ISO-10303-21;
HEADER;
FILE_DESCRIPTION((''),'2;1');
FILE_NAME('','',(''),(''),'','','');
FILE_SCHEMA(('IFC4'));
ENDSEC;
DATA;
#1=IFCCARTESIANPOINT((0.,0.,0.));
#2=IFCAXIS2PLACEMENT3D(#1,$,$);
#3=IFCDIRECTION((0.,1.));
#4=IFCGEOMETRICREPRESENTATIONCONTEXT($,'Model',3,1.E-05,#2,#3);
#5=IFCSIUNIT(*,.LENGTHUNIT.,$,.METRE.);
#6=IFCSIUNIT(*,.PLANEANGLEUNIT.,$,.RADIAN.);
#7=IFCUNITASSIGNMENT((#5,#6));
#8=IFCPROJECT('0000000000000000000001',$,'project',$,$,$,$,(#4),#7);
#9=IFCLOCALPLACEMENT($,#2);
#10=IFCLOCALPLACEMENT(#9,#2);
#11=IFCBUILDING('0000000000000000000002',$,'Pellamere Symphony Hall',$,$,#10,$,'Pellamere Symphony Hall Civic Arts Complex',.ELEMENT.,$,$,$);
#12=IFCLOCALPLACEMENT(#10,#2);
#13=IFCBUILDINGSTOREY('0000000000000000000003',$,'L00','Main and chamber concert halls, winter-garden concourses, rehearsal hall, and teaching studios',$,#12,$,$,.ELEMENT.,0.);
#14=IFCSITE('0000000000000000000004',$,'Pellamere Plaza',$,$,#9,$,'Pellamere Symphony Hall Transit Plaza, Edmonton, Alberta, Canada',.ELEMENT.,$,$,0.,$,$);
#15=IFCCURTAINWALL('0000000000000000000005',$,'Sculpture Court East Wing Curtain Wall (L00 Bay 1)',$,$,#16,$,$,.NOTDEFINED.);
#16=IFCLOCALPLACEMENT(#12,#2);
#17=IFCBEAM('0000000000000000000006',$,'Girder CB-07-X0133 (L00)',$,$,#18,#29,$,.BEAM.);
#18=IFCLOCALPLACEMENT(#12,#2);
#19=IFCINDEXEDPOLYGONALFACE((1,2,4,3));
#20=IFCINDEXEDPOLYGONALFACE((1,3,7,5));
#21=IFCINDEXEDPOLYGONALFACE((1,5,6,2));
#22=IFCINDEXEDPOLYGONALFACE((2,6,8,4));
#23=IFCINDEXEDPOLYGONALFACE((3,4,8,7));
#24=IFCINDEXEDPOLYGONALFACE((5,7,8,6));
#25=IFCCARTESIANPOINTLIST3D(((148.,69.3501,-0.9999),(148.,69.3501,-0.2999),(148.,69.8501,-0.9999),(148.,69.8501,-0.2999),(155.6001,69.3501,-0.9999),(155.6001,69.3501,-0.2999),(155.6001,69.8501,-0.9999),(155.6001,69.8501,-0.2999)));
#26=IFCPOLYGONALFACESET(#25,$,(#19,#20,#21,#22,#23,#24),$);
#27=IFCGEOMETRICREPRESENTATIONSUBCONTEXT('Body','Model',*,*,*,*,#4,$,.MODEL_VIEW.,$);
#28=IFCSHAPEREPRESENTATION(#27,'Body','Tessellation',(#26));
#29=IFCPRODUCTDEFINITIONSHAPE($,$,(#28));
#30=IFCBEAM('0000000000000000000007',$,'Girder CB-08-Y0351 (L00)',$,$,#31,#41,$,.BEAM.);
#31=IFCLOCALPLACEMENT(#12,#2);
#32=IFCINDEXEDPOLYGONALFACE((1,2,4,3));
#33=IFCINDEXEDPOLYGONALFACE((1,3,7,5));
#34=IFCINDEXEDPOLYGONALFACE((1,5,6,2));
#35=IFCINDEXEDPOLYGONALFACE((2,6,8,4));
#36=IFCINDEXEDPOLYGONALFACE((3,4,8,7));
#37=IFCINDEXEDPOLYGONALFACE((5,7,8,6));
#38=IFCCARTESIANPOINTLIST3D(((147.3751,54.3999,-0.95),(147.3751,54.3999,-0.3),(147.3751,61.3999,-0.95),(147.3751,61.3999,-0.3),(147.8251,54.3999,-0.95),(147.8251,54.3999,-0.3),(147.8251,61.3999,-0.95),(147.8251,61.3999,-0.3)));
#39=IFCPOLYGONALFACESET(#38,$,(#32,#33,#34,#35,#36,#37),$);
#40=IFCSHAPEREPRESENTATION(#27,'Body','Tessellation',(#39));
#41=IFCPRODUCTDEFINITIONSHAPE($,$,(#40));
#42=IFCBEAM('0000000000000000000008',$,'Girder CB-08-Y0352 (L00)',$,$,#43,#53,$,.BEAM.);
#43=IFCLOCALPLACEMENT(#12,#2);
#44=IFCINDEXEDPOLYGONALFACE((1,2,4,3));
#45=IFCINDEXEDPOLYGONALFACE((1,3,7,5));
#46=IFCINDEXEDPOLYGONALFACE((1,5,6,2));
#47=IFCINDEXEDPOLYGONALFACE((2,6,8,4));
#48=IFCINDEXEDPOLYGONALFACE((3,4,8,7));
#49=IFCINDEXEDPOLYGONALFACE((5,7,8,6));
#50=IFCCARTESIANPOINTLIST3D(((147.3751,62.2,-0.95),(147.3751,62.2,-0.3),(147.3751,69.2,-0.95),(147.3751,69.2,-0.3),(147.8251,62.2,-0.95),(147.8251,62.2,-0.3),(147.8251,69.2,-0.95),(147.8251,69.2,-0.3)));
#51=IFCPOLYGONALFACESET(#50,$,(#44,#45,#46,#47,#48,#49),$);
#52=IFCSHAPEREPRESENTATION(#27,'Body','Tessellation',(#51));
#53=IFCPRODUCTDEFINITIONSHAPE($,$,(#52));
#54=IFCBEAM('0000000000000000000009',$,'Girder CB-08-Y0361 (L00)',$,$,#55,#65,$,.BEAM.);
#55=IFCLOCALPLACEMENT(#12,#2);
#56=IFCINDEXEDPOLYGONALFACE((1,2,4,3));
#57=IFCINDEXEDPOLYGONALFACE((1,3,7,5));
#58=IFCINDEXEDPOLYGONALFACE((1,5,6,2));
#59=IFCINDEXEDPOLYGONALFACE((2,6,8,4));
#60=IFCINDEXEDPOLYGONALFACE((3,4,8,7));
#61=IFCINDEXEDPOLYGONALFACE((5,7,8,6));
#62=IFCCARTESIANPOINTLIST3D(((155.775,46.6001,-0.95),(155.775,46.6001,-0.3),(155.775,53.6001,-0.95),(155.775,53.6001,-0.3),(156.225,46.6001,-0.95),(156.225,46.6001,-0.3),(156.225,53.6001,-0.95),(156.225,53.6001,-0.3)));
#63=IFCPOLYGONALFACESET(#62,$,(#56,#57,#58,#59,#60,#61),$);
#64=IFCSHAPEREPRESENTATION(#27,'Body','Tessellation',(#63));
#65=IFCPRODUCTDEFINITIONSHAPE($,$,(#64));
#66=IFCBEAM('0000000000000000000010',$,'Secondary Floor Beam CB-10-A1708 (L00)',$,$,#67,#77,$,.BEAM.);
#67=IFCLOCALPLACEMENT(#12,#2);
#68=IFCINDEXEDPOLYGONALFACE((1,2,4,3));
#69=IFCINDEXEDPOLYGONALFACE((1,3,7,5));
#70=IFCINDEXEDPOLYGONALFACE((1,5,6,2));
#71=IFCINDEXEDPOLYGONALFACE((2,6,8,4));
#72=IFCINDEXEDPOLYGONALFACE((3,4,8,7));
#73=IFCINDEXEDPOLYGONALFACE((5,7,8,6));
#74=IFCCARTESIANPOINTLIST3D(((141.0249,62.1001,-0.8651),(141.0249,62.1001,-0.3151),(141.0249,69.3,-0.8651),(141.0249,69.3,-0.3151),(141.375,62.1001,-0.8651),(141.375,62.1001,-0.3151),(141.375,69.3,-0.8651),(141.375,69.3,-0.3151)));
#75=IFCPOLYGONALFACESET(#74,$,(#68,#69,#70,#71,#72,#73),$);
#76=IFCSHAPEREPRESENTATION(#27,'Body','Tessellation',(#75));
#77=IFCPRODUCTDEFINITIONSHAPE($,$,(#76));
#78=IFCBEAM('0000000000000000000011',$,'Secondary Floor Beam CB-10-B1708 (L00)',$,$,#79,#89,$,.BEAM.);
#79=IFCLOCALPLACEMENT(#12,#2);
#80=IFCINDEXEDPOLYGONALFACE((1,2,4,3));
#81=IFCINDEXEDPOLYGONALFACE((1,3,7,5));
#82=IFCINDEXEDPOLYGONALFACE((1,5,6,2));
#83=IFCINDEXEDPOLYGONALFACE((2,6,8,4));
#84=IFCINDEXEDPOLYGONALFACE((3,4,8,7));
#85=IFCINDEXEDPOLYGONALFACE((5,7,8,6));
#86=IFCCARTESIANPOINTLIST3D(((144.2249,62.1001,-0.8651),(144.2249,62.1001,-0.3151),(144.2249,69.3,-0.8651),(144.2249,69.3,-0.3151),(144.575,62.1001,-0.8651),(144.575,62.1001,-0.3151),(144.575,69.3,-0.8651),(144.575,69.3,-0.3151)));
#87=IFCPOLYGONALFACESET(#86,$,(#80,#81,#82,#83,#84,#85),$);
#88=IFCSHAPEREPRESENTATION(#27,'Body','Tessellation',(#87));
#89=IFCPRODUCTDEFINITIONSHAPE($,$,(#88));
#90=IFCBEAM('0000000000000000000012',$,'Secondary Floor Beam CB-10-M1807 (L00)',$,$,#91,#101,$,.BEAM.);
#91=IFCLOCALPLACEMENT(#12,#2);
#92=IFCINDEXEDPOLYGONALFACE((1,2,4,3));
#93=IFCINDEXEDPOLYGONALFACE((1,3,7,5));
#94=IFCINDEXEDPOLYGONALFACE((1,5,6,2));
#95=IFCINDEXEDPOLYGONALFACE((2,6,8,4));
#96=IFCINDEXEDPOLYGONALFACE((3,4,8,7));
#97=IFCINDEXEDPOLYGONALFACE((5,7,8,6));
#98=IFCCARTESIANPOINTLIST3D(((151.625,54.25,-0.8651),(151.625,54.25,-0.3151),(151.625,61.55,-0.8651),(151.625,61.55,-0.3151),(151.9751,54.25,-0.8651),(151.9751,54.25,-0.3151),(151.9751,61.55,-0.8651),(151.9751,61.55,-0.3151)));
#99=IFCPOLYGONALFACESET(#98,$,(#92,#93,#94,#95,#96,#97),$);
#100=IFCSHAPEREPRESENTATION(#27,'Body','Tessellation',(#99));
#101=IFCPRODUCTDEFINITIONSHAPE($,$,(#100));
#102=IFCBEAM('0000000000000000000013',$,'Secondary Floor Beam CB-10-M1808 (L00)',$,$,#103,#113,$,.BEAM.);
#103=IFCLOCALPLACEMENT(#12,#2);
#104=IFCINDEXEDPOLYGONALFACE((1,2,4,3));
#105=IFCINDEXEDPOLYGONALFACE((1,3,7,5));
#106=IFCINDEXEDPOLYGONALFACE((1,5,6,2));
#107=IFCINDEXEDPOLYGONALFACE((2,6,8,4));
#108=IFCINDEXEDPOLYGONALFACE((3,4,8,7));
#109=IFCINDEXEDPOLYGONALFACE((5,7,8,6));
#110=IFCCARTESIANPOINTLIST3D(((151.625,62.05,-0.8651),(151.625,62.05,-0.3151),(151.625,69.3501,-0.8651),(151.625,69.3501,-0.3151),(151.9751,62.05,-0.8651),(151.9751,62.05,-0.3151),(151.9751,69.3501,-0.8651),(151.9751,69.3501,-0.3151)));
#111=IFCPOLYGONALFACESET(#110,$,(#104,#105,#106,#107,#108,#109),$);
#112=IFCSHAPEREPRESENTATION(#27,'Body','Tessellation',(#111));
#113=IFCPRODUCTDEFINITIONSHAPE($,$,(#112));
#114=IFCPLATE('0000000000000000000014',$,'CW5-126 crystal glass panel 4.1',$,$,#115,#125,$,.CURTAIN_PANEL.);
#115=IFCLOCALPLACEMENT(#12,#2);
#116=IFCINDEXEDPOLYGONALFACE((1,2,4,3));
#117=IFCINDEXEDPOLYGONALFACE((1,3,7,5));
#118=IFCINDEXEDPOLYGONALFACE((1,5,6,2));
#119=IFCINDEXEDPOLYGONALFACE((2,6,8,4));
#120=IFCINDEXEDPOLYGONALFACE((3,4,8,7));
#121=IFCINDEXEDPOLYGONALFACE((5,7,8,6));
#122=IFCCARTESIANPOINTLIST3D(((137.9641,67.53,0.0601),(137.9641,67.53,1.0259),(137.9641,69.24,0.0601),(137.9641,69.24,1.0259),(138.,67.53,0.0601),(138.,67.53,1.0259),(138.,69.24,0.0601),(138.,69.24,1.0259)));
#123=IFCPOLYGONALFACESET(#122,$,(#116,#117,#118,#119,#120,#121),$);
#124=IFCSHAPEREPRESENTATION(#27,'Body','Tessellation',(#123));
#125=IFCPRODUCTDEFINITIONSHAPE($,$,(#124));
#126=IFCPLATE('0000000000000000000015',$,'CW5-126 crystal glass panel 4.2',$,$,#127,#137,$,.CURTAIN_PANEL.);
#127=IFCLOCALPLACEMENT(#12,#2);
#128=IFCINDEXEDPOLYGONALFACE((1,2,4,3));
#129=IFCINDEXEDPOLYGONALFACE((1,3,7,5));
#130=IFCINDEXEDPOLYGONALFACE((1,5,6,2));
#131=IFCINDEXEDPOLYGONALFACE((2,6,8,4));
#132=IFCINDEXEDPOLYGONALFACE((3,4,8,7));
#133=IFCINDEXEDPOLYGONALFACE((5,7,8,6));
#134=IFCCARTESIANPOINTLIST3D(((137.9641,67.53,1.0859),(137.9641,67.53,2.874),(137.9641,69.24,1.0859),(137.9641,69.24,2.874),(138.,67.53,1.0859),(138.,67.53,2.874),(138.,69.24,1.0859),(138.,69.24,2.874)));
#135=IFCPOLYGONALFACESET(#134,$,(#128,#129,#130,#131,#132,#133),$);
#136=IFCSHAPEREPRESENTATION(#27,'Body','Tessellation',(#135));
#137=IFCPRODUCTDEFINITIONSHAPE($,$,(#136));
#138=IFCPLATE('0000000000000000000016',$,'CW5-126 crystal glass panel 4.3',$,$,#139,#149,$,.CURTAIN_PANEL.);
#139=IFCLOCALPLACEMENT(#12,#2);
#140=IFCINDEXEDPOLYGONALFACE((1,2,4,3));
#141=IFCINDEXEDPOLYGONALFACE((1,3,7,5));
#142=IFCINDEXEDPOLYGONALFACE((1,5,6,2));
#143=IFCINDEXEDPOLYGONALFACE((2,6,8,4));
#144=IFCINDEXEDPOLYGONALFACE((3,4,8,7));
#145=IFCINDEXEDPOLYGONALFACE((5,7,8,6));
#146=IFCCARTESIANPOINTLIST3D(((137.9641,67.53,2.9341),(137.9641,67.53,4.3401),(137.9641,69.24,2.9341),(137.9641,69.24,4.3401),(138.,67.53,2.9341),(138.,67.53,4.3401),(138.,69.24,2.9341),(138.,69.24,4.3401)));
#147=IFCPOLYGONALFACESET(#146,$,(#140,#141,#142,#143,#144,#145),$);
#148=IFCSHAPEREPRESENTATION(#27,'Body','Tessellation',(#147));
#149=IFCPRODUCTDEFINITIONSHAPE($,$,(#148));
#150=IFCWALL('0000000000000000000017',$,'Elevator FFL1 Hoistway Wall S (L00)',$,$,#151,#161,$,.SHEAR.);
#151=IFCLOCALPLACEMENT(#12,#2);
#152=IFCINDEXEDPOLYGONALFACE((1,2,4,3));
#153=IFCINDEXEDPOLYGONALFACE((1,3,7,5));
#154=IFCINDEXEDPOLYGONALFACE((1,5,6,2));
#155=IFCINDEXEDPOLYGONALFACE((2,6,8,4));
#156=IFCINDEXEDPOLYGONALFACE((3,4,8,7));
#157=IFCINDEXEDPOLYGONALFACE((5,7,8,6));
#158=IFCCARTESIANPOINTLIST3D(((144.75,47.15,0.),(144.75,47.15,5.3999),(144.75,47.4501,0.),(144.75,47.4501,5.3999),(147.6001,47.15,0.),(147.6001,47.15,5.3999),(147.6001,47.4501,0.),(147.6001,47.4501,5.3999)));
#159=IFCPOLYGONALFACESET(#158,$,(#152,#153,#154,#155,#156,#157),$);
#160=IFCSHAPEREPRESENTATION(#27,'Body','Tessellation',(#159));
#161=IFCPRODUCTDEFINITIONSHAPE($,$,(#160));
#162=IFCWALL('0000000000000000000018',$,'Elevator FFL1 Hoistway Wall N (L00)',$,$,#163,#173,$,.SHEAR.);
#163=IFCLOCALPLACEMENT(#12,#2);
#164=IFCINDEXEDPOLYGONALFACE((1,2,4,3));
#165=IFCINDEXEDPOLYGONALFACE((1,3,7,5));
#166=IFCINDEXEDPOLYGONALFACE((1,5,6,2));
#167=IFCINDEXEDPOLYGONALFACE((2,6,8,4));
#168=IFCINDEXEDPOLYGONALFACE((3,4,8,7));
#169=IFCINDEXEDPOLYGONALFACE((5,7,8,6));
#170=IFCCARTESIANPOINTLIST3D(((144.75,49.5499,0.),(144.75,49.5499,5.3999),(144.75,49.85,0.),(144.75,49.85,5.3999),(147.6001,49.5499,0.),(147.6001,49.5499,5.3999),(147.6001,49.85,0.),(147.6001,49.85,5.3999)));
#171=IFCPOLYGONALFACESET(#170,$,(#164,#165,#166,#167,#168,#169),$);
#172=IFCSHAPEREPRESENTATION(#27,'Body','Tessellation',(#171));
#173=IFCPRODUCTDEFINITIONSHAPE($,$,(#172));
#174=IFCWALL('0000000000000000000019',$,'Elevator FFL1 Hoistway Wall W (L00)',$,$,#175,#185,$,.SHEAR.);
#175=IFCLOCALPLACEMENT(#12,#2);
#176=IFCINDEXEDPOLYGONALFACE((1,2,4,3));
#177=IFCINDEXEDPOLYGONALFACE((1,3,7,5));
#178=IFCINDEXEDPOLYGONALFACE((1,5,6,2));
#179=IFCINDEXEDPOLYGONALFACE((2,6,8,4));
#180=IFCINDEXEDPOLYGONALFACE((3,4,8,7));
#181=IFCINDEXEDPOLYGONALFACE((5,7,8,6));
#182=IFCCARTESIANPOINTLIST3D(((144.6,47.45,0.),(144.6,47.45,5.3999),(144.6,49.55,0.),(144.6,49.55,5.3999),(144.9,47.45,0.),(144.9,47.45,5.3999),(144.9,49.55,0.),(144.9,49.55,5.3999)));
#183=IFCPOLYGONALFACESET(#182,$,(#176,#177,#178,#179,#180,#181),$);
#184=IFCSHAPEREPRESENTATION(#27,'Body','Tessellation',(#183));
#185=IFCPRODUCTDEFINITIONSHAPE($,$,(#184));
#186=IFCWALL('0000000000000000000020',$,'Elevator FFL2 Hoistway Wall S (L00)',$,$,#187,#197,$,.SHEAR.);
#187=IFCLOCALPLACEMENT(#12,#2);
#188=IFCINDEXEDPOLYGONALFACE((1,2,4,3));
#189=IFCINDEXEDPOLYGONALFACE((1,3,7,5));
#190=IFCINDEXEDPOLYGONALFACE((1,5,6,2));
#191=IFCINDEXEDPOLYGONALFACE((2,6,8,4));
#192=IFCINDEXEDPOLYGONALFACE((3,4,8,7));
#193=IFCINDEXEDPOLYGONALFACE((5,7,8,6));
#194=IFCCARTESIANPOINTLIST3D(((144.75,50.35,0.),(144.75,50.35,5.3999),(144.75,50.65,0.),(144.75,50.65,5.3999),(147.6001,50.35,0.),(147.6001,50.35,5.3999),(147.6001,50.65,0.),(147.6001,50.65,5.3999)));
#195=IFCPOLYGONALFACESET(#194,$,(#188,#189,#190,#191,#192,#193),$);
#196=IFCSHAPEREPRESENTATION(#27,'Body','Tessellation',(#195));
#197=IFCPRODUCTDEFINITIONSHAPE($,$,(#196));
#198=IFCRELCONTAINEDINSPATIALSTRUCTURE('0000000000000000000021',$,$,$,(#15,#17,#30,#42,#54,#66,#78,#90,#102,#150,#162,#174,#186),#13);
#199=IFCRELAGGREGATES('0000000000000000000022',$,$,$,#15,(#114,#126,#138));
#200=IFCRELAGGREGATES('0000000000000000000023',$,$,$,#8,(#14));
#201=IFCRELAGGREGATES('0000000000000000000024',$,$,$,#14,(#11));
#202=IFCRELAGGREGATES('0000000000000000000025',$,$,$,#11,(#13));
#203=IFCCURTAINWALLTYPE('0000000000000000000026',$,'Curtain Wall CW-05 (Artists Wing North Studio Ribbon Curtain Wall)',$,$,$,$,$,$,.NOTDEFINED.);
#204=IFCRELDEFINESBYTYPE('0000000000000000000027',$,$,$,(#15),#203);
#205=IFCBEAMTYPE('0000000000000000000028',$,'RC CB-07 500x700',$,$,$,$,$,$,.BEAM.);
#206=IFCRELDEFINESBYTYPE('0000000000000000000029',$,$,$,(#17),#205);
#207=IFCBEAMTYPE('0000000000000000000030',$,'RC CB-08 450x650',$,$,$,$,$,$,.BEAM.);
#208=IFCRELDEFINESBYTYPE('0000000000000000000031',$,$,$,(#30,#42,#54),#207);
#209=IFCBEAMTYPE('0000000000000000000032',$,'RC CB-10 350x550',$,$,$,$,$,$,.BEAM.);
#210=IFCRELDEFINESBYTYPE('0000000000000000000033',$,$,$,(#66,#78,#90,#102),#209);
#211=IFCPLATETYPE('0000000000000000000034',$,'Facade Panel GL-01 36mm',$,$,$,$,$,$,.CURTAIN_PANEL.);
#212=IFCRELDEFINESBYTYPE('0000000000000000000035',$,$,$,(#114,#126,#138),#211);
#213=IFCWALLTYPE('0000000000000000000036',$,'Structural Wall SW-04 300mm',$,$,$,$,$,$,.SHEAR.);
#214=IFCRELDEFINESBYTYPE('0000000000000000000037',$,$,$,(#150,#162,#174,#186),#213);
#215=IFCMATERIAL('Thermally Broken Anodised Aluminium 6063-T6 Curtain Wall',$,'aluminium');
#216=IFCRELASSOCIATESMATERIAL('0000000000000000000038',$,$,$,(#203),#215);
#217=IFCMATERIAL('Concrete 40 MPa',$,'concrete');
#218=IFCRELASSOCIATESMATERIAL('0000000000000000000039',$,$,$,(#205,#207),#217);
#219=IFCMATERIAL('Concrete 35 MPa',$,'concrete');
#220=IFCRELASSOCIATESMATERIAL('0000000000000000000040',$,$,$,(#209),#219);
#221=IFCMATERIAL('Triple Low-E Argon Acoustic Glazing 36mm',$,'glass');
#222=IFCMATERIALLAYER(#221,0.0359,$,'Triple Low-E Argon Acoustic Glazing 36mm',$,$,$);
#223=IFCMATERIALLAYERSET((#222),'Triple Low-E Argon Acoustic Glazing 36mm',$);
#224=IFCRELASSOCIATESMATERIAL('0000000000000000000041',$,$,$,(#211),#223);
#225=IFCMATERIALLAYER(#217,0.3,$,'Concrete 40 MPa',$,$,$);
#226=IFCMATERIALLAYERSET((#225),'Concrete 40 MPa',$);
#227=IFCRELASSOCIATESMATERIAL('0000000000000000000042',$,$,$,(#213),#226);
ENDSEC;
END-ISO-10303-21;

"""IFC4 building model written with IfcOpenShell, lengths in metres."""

from ifc_helpers import new_model, si_unit, direction, frame, frame_2d, origin, origin_2d, place, context, subcontext, project, spatial, polyline, rectangle, outline, extrude, material, layer, layer_set, material_profile, profile_set, type_object, element, aggregate, save


model = new_model("IFC4")

# Units and contexts
model_context = context("Model", 3, precision=1e-05, world=origin(), true_north=direction((0.0, 1.0)))
body_context = subcontext(model_context, "Body", "Model", "MODEL_VIEW")
ifc_project = project(units=[si_unit("LENGTHUNIT", "METRE"), si_unit("PLANEANGLEUNIT", "RADIAN")], contexts=[model_context])

# Site, building, storey
site_placement = place(None, origin())
site = spatial("IfcSite", under=ifc_project, at=site_placement, Name="Pellamere Plaza", LongName="Pellamere Symphony Hall Transit Plaza, Edmonton, Alberta, Canada", CompositionType="ELEMENT", RefElevation=0.0)
building_placement = place(site_placement, origin())
building = spatial("IfcBuilding", under=site, at=building_placement, Name="Pellamere Symphony Hall", LongName="Pellamere Symphony Hall Civic Arts Complex", CompositionType="ELEMENT")
storey_placement = place(building_placement, origin())
storey = spatial("IfcBuildingStorey", under=building, at=storey_placement, Name="L00", Description="Main and chamber concert halls, winter-garden concourses, rehearsal hall, and teaching studios", CompositionType="ELEMENT", Elevation=0.0)

# Shared definitions
ifc_material_1 = material(Name="Concrete 40 MPa", Category="concrete")

# Curtain wall
ifc_material_2 = material(Name="Thermally Broken Anodised Aluminium 6063-T6 Curtain Wall", Category="aluminium")
curtain_wall_type = type_object("IfcCurtainWallType", Name="Curtain Wall CW-05 (Artists Wing North Studio Ribbon Curtain Wall)", PredefinedType="NOTDEFINED", material=ifc_material_2)
curtain_wall_placement = place(storey_placement, origin())
curtain_wall = element("IfcCurtainWall", 1, at=curtain_wall_placement, inside=storey, type_object=curtain_wall_type, Name="Sculpture Court East Wing Curtain Wall (L00 Bay 1)", PredefinedType="NOTDEFINED")

# Beams
ifc_material_profile_1 = material_profile(ifc_material_1, rectangle(XDim=0.5, YDim=0.7, at=origin_2d()), Name="RC 500x700")
ifc_profile_set_1 = profile_set([ifc_material_profile_1], Name="Concrete 40 MPa")
beam_type_1 = type_object("IfcBeamType", Name="RC CB-07 500x700", PredefinedType="BEAM", material=ifc_profile_set_1)
for number, where, z_axis, x_axis, name in (
    (2, (148.0, 69.6001, -0.6499), (1.0, 0.0, 0.0), (0.0, 1.0, 0.0), "Girder CB-07-X0133 (L00)"),
):
    element("IfcBeam", number, at=place(storey_placement, frame(where, z_axis=z_axis, x_axis=x_axis)), inside=storey, type_object=beam_type_1, Name=name, PredefinedType="BEAM", context=body_context, shape_type="SweptSolid", body=[
        extrude(rectangle(XDim=0.5, YDim=0.7, at=origin_2d()), origin(), (0.0, 0.0, 1.0), 7.6001),
    ])
ifc_material_profile_2 = material_profile(ifc_material_1, rectangle(XDim=0.45, YDim=0.6499, at=origin_2d()), Name="RC 450x650")
ifc_profile_set_2 = profile_set([ifc_material_profile_2], Name="Concrete 40 MPa")
beam_type_2 = type_object("IfcBeamType", Name="RC CB-08 450x650", PredefinedType="BEAM", material=ifc_profile_set_2)
for number, where, z_axis, x_axis, name in (
    (3, (147.6001, 54.3999, -0.625), (0.0, 1.0, 0.0), (-1.0, 0.0, 0.0), "Girder CB-08-Y0351 (L00)"),
    (4, (147.6001, 62.2, -0.625), (0.0, 1.0, 0.0), (-1.0, 0.0, 0.0), "Girder CB-08-Y0352 (L00)"),
    (5, (156.0, 46.6001, -0.625), (0.0, 1.0, 0.0), (-1.0, 0.0, 0.0), "Girder CB-08-Y0361 (L00)"),
):
    element("IfcBeam", number, at=place(storey_placement, frame(where, z_axis=z_axis, x_axis=x_axis)), inside=storey, type_object=beam_type_2, Name=name, PredefinedType="BEAM", context=body_context, shape_type="SweptSolid", body=[
        extrude(rectangle(XDim=0.45, YDim=0.6499, at=origin_2d()), origin(), (0.0, 0.0, 1.0), 7.0),
    ])
ifc_material_3 = material(Name="Concrete 35 MPa", Category="concrete")
ifc_material_profile_3 = material_profile(ifc_material_3, rectangle(XDim=0.3501, YDim=0.55, at=origin_2d()), Name="RC 350x550")
ifc_profile_set_3 = profile_set([ifc_material_profile_3], Name="Concrete 35 MPa")
beam_type_3 = type_object("IfcBeamType", Name="RC CB-10 350x550", PredefinedType="BEAM", material=ifc_profile_set_3)
for number, where, z_axis, x_axis, name in (
    (6, (141.2, 62.1001, -0.5901), (0.0, 1.0, 0.0), (-1.0, 0.0, 0.0), "Secondary Floor Beam CB-10-A1708 (L00)"),
    (7, (144.3999, 62.1001, -0.5901), (0.0, 1.0, 0.0), (-1.0, 0.0, 0.0), "Secondary Floor Beam CB-10-B1708 (L00)"),
):
    element("IfcBeam", number, at=place(storey_placement, frame(where, z_axis=z_axis, x_axis=x_axis)), inside=storey, type_object=beam_type_3, Name=name, PredefinedType="BEAM", context=body_context, shape_type="SweptSolid", body=[
        extrude(rectangle(XDim=0.3501, YDim=0.55, at=origin_2d()), origin(), (0.0, 0.0, 1.0), 7.2),
    ])
for number, where, z_axis, x_axis, name in (
    (8, (151.8, 54.25, -0.5901), (0.0, 1.0, 0.0), (-1.0, 0.0, 0.0), "Secondary Floor Beam CB-10-M1807 (L00)"),
    (9, (151.8, 62.05, -0.5901), (0.0, 1.0, 0.0), (-1.0, 0.0, 0.0), "Secondary Floor Beam CB-10-M1808 (L00)"),
):
    element("IfcBeam", number, at=place(storey_placement, frame(where, z_axis=z_axis, x_axis=x_axis)), inside=storey, type_object=beam_type_3, Name=name, PredefinedType="BEAM", context=body_context, shape_type="SweptSolid", body=[
        extrude(rectangle(XDim=0.3501, YDim=0.55, at=origin_2d()), origin(), (0.0, 0.0, 1.0), 7.3),
    ])

# Plates
ifc_material_4 = material(Name="Triple Low-E Argon Acoustic Glazing 36mm", Category="glass")
ifc_layer_1 = layer(ifc_material_4, 0.0359, Name="Triple Low-E Argon Acoustic Glazing 36mm")
ifc_layer_set_1 = layer_set([ifc_layer_1], Name="Triple Low-E Argon Acoustic Glazing 36mm")
plate_type = type_object("IfcPlateType", Name="Facade Panel GL-01 36mm", PredefinedType="CURTAIN_PANEL", material=ifc_layer_set_1)
plate_1_placement = place(storey_placement, frame((138.0, 67.53, 0.0601), z_axis=(1.0, 0.0, 0.0), x_axis=(0.0, 1.0, 0.0)))
plate_1 = element("IfcPlate", 10, at=plate_1_placement, type_object=plate_type, Name="CW5-126 crystal glass panel 4.1", PredefinedType="CURTAIN_PANEL", context=body_context, shape_type="SweptSolid", body=[
    extrude(outline(polyline([(0.0, 0.0), (1.71, 0.0), (1.71, 0.9658), (0.0, 0.9658), (0.0, 0.0)])), origin(), (0.0, 0.0, -1.0), 0.0359),
])
plate_2_placement = place(storey_placement, frame((138.0, 67.53, 1.0859), z_axis=(1.0, 0.0, 0.0), x_axis=(0.0, 1.0, 0.0)))
plate_2 = element("IfcPlate", 11, at=plate_2_placement, type_object=plate_type, Name="CW5-126 crystal glass panel 4.2", PredefinedType="CURTAIN_PANEL", context=body_context, shape_type="SweptSolid", body=[
    extrude(outline(polyline([(0.0, 0.0), (1.71, 0.0), (1.71, 1.7881), (0.0, 1.7881), (0.0, 0.0)])), origin(), (0.0, 0.0, -1.0), 0.0359),
])
plate_3_placement = place(storey_placement, frame((138.0, 67.53, 2.9341), z_axis=(1.0, 0.0, 0.0), x_axis=(0.0, 1.0, 0.0)))
plate_3 = element("IfcPlate", 12, at=plate_3_placement, type_object=plate_type, Name="CW5-126 crystal glass panel 4.3", PredefinedType="CURTAIN_PANEL", context=body_context, shape_type="SweptSolid", body=[
    extrude(outline(polyline([(0.0, 0.0), (1.71, 0.0), (1.71, 1.406), (0.0, 1.406), (0.0, 0.0)])), origin(), (0.0, 0.0, -1.0), 0.0359),
])
aggregate(curtain_wall, [plate_1, plate_2, plate_3])

# Walls
ifc_layer_2 = layer(ifc_material_1, 0.3, Name="Concrete 40 MPa")
ifc_layer_set_2 = layer_set([ifc_layer_2], Name="Concrete 40 MPa")
wall_type = type_object("IfcWallType", Name="Structural Wall SW-04 300mm", PredefinedType="SHEAR", material=ifc_layer_set_2)
for number, where, z_axis, x_axis, name in (
    (13, (144.75, 47.3, 0.0), (0.0, 0.0, 1.0), (1.0, 0.0, 0.0), "Elevator FFL1 Hoistway Wall S (L00)"),
    (14, (144.75, 49.7, 0.0), (0.0, 0.0, 1.0), (1.0, 0.0, 0.0), "Elevator FFL1 Hoistway Wall N (L00)"),
):
    element("IfcWall", number, at=place(storey_placement, frame(where, z_axis=z_axis, x_axis=x_axis)), inside=storey, type_object=wall_type, Name=name, PredefinedType="SHEAR", context=body_context, shape_type="SweptSolid", body=[
        extrude(rectangle(XDim=2.8501, YDim=0.3, at=frame_2d((1.425, 0.0))), origin(), (0.0, 0.0, 1.0), 5.3999),
    ])
wall_1_placement = place(storey_placement, frame((144.75, 47.45, 0.0), z_axis=(0.0, 0.0, 1.0), x_axis=(0.0, 1.0, 0.0)))
element("IfcWall", 15, at=wall_1_placement, inside=storey, type_object=wall_type, Name="Elevator FFL1 Hoistway Wall W (L00)", PredefinedType="SHEAR", context=body_context, shape_type="SweptSolid", body=[
    extrude(rectangle(XDim=2.1001, YDim=0.3, at=frame_2d((1.05, 0.0))), origin(), (0.0, 0.0, 1.0), 5.3999),
])
for number, where, z_axis, x_axis, name in (
    (16, (144.75, 50.5, 0.0), (0.0, 0.0, 1.0), (1.0, 0.0, 0.0), "Elevator FFL2 Hoistway Wall S (L00)"),
):
    element("IfcWall", number, at=place(storey_placement, frame(where, z_axis=z_axis, x_axis=x_axis)), inside=storey, type_object=wall_type, Name=name, PredefinedType="SHEAR", context=body_context, shape_type="SweptSolid", body=[
        extrude(rectangle(XDim=2.8501, YDim=0.3, at=frame_2d((1.425, 0.0))), origin(), (0.0, 0.0, 1.0), 5.3999),
    ])

save(model, "model.ifc")
